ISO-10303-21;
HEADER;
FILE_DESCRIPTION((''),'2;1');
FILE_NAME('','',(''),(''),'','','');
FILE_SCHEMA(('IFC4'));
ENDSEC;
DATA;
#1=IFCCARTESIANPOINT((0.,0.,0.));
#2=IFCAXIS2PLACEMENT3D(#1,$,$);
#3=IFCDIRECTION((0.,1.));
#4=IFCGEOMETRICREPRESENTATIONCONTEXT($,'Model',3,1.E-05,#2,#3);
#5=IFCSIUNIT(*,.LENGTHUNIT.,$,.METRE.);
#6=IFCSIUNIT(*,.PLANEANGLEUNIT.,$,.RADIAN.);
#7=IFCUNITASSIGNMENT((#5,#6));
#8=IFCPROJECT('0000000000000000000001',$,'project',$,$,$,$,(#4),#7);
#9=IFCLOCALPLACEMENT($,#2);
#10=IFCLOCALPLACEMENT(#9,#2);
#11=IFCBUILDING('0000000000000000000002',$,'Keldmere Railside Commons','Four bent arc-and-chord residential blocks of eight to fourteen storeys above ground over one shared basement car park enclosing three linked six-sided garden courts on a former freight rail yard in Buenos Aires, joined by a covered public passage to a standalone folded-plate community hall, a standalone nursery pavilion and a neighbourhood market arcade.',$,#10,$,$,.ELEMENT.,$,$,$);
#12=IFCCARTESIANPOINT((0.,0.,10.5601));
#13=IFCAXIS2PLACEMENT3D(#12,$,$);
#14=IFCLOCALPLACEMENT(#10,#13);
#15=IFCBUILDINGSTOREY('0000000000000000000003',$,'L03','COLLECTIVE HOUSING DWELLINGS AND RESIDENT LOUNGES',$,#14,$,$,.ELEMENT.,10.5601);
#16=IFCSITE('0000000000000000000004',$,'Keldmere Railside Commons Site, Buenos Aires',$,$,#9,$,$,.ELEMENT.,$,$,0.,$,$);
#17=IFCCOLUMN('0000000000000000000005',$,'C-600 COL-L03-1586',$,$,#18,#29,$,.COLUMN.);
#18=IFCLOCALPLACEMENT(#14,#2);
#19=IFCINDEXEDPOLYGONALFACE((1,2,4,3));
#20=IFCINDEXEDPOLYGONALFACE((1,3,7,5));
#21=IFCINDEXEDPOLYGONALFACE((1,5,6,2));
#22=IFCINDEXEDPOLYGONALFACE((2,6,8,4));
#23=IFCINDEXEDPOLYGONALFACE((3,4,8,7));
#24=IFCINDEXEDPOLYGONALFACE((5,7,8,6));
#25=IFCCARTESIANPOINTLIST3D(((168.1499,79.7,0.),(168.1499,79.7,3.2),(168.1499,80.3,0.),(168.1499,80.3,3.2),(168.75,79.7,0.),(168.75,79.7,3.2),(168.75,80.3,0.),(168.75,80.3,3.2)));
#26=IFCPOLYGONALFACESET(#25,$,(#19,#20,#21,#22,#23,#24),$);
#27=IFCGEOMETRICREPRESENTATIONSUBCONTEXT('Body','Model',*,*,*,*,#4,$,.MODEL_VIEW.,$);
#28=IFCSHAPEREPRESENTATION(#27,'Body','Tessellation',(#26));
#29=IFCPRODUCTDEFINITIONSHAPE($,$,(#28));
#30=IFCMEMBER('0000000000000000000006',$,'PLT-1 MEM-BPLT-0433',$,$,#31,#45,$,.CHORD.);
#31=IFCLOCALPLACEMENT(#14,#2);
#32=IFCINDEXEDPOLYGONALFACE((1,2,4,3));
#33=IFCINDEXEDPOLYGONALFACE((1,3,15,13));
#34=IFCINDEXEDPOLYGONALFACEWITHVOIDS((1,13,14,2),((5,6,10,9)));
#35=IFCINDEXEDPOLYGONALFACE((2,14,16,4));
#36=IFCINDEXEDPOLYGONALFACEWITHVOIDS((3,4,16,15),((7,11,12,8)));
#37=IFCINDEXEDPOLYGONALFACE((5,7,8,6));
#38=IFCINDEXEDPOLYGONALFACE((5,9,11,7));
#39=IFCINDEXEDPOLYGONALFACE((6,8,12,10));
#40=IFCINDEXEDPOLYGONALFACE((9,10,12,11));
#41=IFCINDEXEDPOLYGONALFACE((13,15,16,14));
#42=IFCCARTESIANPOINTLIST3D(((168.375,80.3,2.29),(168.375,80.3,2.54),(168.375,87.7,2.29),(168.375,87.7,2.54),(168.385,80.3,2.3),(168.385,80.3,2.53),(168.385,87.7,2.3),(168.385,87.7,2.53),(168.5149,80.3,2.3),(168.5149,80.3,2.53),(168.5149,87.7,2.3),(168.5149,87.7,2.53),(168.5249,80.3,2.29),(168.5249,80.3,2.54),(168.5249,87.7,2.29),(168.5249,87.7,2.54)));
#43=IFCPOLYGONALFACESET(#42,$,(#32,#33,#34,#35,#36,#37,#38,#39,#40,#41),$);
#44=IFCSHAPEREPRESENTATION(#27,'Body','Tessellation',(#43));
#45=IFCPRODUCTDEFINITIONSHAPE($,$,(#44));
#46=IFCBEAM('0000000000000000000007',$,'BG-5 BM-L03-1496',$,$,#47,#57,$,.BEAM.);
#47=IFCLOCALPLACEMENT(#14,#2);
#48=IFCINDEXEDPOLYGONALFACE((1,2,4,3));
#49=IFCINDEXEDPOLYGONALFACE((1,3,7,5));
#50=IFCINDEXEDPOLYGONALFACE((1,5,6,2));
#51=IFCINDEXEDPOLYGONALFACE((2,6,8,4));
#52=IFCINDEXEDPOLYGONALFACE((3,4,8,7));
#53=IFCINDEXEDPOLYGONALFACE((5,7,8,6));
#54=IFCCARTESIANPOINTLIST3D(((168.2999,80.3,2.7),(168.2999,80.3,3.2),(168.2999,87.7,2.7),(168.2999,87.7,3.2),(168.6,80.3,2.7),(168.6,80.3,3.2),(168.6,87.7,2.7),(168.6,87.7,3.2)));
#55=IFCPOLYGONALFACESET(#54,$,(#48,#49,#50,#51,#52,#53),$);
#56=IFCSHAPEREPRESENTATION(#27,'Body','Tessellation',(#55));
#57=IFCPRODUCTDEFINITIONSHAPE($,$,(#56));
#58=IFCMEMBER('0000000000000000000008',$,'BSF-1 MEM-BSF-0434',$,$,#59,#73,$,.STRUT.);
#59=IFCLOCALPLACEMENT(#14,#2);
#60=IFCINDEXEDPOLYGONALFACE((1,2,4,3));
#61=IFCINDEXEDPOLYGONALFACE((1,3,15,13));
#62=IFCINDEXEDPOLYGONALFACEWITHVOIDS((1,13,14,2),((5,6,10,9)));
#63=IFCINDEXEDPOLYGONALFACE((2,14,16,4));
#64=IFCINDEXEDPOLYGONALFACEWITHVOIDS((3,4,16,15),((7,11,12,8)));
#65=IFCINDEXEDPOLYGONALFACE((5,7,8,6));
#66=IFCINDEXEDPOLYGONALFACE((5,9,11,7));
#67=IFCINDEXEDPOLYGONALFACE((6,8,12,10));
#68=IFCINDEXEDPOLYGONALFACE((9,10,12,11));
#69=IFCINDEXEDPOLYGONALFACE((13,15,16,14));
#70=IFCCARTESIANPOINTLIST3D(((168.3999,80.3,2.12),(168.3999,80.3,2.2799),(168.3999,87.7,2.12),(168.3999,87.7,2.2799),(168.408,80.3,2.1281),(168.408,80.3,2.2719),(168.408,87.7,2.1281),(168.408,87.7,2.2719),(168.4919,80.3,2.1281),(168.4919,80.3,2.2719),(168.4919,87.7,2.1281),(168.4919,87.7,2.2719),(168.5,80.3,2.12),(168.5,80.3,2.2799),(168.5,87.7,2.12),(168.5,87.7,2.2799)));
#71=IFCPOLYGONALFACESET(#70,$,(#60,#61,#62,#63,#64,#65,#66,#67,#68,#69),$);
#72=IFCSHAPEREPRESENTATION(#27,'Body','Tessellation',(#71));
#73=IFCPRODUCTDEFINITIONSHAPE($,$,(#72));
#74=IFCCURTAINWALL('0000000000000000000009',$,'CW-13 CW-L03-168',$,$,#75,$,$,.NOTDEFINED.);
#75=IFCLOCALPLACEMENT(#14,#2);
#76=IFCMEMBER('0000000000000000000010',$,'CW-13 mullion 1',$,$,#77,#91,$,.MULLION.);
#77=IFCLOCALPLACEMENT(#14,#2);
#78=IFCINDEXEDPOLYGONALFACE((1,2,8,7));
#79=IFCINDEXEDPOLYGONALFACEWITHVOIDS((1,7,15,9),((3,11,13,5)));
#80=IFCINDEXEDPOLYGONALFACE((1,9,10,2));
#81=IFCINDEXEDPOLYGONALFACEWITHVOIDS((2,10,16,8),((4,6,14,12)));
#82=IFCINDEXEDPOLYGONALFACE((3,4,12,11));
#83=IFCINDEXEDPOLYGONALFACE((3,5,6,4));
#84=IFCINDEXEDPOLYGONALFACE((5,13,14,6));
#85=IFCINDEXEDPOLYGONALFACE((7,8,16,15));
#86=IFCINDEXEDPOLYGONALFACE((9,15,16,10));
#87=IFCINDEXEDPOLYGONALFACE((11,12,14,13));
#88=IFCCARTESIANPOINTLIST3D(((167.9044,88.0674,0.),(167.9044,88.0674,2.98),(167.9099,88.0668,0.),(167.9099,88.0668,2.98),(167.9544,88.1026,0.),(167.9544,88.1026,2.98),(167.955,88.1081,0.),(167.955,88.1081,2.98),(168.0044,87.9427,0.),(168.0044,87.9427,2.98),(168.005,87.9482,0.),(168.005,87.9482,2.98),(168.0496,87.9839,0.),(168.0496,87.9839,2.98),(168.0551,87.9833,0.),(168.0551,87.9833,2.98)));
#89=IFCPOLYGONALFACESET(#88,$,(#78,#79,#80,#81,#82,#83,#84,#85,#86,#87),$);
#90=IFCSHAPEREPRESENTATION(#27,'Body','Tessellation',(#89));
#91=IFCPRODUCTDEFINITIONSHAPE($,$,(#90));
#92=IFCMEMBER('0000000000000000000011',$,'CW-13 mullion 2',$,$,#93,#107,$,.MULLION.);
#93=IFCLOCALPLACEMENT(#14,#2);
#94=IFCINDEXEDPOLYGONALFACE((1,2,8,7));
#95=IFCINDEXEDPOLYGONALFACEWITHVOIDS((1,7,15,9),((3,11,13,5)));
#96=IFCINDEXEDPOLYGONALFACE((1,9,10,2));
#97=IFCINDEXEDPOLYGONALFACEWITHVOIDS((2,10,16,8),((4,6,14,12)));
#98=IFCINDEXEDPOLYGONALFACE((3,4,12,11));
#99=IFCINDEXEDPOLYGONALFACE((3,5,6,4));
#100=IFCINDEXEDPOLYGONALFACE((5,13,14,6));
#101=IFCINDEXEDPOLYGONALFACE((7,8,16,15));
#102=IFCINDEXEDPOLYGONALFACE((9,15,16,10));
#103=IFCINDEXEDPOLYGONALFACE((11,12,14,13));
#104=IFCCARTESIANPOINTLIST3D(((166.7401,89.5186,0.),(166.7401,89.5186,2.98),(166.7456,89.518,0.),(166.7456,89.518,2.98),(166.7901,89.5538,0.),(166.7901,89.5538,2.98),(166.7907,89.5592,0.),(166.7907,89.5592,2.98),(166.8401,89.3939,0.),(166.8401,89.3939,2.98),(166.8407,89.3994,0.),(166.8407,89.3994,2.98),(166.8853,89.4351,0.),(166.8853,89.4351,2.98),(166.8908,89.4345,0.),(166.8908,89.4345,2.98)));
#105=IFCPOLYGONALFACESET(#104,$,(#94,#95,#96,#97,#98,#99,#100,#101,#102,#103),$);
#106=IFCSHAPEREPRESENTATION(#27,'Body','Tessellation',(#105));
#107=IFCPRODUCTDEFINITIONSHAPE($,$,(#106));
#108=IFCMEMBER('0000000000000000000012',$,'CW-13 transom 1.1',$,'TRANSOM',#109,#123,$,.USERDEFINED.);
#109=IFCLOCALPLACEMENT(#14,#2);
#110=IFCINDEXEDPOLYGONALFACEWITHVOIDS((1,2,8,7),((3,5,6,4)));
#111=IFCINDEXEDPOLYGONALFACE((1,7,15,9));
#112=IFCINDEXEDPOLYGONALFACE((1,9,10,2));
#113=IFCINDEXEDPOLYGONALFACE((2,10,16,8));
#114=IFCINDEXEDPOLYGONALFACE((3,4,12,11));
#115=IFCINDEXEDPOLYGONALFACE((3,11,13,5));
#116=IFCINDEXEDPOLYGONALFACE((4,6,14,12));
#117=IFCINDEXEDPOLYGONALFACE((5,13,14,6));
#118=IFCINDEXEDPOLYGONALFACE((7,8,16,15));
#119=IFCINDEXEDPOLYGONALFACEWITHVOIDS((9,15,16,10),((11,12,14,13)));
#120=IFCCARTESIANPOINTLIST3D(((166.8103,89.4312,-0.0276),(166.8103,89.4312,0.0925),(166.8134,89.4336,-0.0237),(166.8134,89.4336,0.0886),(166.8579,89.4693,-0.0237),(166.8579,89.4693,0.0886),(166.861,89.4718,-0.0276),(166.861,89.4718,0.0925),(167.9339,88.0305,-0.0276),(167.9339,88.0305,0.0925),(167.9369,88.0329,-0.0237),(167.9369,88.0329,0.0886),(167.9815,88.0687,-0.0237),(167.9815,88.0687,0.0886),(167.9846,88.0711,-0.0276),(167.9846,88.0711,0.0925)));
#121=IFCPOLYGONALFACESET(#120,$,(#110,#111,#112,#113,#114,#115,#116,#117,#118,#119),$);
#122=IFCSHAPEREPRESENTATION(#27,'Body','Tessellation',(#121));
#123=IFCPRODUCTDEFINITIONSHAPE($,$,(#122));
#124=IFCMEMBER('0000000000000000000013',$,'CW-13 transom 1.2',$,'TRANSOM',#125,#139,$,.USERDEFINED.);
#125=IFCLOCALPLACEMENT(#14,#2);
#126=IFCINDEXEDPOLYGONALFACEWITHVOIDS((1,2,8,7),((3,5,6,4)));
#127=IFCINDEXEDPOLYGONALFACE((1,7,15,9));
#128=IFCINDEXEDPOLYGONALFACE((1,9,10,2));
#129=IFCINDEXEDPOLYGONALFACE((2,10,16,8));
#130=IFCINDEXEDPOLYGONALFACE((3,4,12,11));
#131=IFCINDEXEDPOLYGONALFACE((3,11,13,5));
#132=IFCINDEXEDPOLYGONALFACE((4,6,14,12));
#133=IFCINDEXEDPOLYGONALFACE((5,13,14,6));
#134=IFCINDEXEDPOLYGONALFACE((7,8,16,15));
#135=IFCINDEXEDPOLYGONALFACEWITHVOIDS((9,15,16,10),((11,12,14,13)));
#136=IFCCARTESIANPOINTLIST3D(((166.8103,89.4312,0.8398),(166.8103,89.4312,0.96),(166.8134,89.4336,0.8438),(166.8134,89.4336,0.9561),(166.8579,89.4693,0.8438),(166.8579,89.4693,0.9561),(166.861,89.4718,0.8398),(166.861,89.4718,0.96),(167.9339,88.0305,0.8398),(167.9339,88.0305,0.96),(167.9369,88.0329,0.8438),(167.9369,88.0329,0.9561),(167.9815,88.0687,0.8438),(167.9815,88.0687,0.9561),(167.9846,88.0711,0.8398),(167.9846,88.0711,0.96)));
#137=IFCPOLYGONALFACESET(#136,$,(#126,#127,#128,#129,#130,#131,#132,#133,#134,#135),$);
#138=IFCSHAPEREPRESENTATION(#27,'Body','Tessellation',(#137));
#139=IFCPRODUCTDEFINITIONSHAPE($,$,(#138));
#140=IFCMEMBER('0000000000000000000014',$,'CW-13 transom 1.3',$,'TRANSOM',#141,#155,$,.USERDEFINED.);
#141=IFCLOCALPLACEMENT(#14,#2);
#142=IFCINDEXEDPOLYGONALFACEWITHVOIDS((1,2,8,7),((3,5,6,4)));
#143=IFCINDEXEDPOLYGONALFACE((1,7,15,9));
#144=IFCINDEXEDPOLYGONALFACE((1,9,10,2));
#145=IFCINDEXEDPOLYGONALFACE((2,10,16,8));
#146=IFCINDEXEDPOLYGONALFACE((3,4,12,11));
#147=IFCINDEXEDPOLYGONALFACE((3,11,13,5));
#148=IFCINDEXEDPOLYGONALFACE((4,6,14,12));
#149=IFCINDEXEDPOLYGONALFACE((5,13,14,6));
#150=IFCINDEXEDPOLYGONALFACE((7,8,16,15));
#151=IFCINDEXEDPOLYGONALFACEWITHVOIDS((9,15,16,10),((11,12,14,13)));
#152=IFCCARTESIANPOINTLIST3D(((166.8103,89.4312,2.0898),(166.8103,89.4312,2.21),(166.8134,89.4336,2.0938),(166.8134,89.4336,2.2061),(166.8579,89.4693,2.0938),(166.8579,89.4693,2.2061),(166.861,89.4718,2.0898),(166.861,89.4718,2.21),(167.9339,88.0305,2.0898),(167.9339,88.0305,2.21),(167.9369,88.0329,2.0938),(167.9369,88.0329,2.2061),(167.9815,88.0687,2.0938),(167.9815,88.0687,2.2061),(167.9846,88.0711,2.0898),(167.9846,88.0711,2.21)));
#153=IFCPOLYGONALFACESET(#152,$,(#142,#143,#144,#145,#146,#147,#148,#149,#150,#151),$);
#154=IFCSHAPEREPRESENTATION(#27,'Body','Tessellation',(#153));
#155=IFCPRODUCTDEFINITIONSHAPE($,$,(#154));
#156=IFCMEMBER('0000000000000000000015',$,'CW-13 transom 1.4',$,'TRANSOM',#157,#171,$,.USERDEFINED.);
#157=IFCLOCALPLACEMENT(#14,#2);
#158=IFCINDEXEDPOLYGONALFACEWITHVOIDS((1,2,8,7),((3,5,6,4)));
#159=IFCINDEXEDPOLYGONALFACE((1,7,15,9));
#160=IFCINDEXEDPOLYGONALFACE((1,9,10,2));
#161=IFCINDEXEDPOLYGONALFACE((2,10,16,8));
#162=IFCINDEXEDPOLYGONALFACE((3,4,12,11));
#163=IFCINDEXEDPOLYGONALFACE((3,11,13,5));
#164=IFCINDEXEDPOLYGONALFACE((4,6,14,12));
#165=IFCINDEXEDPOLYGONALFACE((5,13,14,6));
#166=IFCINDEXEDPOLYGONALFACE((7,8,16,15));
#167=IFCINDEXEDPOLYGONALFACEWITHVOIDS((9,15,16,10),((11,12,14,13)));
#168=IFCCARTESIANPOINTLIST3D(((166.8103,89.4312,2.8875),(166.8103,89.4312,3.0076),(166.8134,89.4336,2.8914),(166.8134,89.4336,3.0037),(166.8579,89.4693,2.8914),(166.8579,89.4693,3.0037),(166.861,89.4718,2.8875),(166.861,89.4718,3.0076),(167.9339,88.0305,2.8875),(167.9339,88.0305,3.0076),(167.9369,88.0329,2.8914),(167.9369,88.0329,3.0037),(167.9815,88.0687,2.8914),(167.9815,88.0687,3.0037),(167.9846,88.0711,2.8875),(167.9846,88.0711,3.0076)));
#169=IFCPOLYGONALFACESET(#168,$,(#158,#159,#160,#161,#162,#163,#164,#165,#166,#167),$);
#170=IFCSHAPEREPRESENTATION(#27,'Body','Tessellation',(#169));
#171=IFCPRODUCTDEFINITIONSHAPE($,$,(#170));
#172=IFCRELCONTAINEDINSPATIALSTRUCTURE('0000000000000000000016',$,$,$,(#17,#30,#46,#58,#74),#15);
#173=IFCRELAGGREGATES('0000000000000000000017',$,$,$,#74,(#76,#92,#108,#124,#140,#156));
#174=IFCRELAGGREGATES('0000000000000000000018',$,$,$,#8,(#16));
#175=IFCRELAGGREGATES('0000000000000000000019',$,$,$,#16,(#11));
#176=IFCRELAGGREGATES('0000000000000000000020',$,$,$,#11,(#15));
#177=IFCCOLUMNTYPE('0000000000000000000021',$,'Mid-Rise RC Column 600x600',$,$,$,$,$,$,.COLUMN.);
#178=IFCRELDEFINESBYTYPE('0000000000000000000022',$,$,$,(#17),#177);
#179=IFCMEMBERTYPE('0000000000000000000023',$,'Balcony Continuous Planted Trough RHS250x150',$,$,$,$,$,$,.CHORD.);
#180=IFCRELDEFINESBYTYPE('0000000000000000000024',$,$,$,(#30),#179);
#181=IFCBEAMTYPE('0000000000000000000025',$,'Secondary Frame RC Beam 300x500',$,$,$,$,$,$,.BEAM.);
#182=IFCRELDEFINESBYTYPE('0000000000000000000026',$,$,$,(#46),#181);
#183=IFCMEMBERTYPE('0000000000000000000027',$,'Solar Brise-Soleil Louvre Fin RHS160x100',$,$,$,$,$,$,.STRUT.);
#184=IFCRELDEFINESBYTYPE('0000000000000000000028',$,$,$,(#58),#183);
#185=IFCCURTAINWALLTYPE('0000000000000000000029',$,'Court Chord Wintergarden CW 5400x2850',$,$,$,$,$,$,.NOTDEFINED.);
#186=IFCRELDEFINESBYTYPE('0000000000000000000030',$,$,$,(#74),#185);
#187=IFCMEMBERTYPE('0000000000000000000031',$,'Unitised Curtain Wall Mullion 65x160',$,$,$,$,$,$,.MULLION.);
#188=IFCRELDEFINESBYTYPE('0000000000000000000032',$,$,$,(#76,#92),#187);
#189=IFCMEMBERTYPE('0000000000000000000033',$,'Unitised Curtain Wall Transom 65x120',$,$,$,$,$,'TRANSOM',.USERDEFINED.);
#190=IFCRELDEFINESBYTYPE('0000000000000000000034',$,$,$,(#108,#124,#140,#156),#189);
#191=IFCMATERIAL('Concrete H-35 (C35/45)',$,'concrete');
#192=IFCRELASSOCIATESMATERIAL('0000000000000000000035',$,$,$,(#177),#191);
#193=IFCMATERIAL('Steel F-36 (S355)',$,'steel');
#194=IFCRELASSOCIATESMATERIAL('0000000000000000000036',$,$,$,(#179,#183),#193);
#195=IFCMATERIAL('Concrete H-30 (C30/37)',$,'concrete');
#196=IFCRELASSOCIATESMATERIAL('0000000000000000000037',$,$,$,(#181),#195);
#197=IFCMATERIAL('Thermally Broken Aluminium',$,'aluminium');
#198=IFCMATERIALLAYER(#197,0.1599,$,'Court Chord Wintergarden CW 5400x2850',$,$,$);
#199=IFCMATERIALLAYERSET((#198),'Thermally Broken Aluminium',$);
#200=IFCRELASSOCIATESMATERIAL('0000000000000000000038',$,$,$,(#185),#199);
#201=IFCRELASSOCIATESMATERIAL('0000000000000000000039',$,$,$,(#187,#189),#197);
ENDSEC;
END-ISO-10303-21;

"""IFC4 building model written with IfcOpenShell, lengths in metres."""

from ifc_helpers import new_model, si_unit, direction, frame, origin, origin_2d, place, context, subcontext, project, spatial, rectangle, hollow_rectangle, extrude, material, layer, layer_set, material_profile, profile_set, type_object, element, aggregate, save


model = new_model("IFC4")

# Units and contexts
model_context = context("Model", 3, precision=1e-05, world=origin(), true_north=direction((0.0, 1.0)))
body_context = subcontext(model_context, "Body", "Model", "MODEL_VIEW")
ifc_project = project(units=[si_unit("LENGTHUNIT", "METRE"), si_unit("PLANEANGLEUNIT", "RADIAN")], contexts=[model_context])

# Site, building, storey
site_placement = place(None, origin())
site = spatial("IfcSite", under=ifc_project, at=site_placement, Name="Keldmere Railside Commons Site, Buenos Aires", CompositionType="ELEMENT", RefElevation=0.0)
building_placement = place(site_placement, origin())
building = spatial("IfcBuilding", under=site, at=building_placement, Name="Keldmere Railside Commons", Description="Four bent arc-and-chord residential blocks of eight to fourteen storeys above ground over one shared basement car park enclosing three linked six-sided garden courts on a former freight rail yard in Buenos Aires, joined by a covered public passage to a standalone folded-plate community hall, a standalone nursery pavilion and a neighbourhood market arcade.", CompositionType="ELEMENT")
storey_placement = place(building_placement, frame((0.0, 0.0, 10.5601)))
storey = spatial("IfcBuildingStorey", under=building, at=storey_placement, Name="L03", Description="COLLECTIVE HOUSING DWELLINGS AND RESIDENT LOUNGES", CompositionType="ELEMENT", Elevation=10.5601)

# Column
ifc_material_1 = material(Name="Concrete H-35 (C35/45)", Category="concrete")
ifc_material_profile_1 = material_profile(ifc_material_1, rectangle(XDim=0.6001, YDim=0.6001, at=origin_2d()), Name="RC-600x600")
ifc_profile_set_1 = profile_set([ifc_material_profile_1], Name="Concrete H-35 (C35/45)")
column_type = type_object("IfcColumnType", Name="Mid-Rise RC Column 600x600", PredefinedType="COLUMN", material=ifc_profile_set_1)
column_placement = place(storey_placement, frame((168.45, 80.0, 0.0), z_axis=(0.0, 0.0, 1.0), x_axis=(1.0, 0.0, 0.0)))
element("IfcColumn", 1, at=column_placement, inside=storey, type_object=column_type, Name="C-600 COL-L03-1586", PredefinedType="COLUMN", context=body_context, shape_type="SweptSolid", body=[
    extrude(rectangle(XDim=0.6001, YDim=0.6001, at=origin_2d()), origin(), (0.0, 0.0, 1.0), 3.2),
])

# Member
ifc_material_2 = material(Name="Steel F-36 (S355)", Category="steel")
ifc_material_profile_2 = material_profile(ifc_material_2, hollow_rectangle(XDim=0.1499, YDim=0.25, WallThickness=0.01, at=origin_2d()), Name="RHS-250x150x10")
ifc_profile_set_2 = profile_set([ifc_material_profile_2], Name="Steel F-36 (S355)")
member_type_1 = type_object("IfcMemberType", Name="Balcony Continuous Planted Trough RHS250x150", PredefinedType="CHORD", material=ifc_profile_set_2)
member_1_placement = place(storey_placement, frame((168.45, 80.3, 2.415), z_axis=(0.0, 1.0, 0.0), x_axis=(-1.0, 0.0, 0.0)))
element("IfcMember", 2, at=member_1_placement, inside=storey, type_object=member_type_1, Name="PLT-1 MEM-BPLT-0433", PredefinedType="CHORD", context=body_context, shape_type="SweptSolid", body=[
    extrude(hollow_rectangle(XDim=0.1499, YDim=0.25, WallThickness=0.01, at=origin_2d()), origin(), (0.0, 0.0, 1.0), 7.3999),
])

# Beam
ifc_material_3 = material(Name="Concrete H-30 (C30/37)", Category="concrete")
ifc_material_profile_3 = material_profile(ifc_material_3, rectangle(XDim=0.3, YDim=0.5, at=origin_2d()), Name="RC-300x500")
ifc_profile_set_3 = profile_set([ifc_material_profile_3], Name="Concrete H-30 (C30/37)")
beam_type = type_object("IfcBeamType", Name="Secondary Frame RC Beam 300x500", PredefinedType="BEAM", material=ifc_profile_set_3)
beam_placement = place(storey_placement, frame((168.45, 80.3, 2.95), z_axis=(0.0, 1.0, 0.0), x_axis=(-1.0, 0.0, 0.0)))
element("IfcBeam", 3, at=beam_placement, inside=storey, type_object=beam_type, Name="BG-5 BM-L03-1496", PredefinedType="BEAM", context=body_context, shape_type="SweptSolid", body=[
    extrude(rectangle(XDim=0.3, YDim=0.5, at=origin_2d()), origin(), (0.0, 0.0, 1.0), 7.3999),
])

# Member
ifc_material_profile_4 = material_profile(ifc_material_2, hollow_rectangle(XDim=0.1001, YDim=0.1599, WallThickness=0.0081, at=origin_2d()), Name="RHS-160x100x8")
ifc_profile_set_4 = profile_set([ifc_material_profile_4], Name="Steel F-36 (S355)")
member_type_2 = type_object("IfcMemberType", Name="Solar Brise-Soleil Louvre Fin RHS160x100", PredefinedType="STRUT", material=ifc_profile_set_4)
member_2_placement = place(storey_placement, frame((168.45, 80.3, 2.2), z_axis=(0.0, 1.0, 0.0), x_axis=(-1.0, 0.0, 0.0)))
element("IfcMember", 4, at=member_2_placement, inside=storey, type_object=member_type_2, Name="BSF-1 MEM-BSF-0434", PredefinedType="STRUT", context=body_context, shape_type="SweptSolid", body=[
    extrude(hollow_rectangle(XDim=0.1001, YDim=0.1599, WallThickness=0.0081, at=origin_2d()), origin(), (0.0, 0.0, 1.0), 7.3999),
])

# Curtain wall, members
ifc_material_4 = material(Name="Thermally Broken Aluminium", Category="aluminium")
ifc_layer_1 = layer(ifc_material_4, 0.1599, Name="Court Chord Wintergarden CW 5400x2850")
ifc_layer_set_1 = layer_set([ifc_layer_1], Name="Thermally Broken Aluminium")
curtain_wall_type = type_object("IfcCurtainWallType", Name="Court Chord Wintergarden CW 5400x2850", PredefinedType="NOTDEFINED", material=ifc_layer_set_1)
curtain_wall_placement = place(storey_placement, origin())
curtain_wall = element("IfcCurtainWall", 5, at=curtain_wall_placement, inside=storey, type_object=curtain_wall_type, Name="CW-13 CW-L03-168", PredefinedType="NOTDEFINED")
ifc_material_profile_5 = material_profile(ifc_material_4, hollow_rectangle(XDim=0.0649, YDim=0.1599, WallThickness=0.0039, at=origin_2d()), Name="ALU-MULL-65x160")
ifc_profile_set_5 = profile_set([ifc_material_profile_5], Name="Thermally Broken Aluminium")
member_type_3 = type_object("IfcMemberType", Name="Unitised Curtain Wall Mullion 65x160", PredefinedType="MULLION", material=ifc_profile_set_5)
member_3_placement = place(storey_placement, frame((167.9797, 88.0254, 0.0), z_axis=(0.0, 0.0, 1.0), x_axis=(-0.780009, -0.625768, 0.0)))
member_3 = element("IfcMember", 6, at=member_3_placement, type_object=member_type_3, Name="CW-13 mullion 1", PredefinedType="MULLION", context=body_context, shape_type="SweptSolid", body=[
    extrude(hollow_rectangle(XDim=0.0649, YDim=0.1599, WallThickness=0.0039, at=origin_2d()), origin(), (0.0, 0.0, 1.0), 2.98),
])
member_4_placement = place(storey_placement, frame((166.8154, 89.4766, 0.0), z_axis=(0.0, 0.0, 1.0), x_axis=(-0.780009, -0.625768, 0.0)))
member_4 = element("IfcMember", 7, at=member_4_placement, type_object=member_type_3, Name="CW-13 mullion 2", PredefinedType="MULLION", context=body_context, shape_type="SweptSolid", body=[
    extrude(hollow_rectangle(XDim=0.0649, YDim=0.1599, WallThickness=0.0039, at=origin_2d()), origin(), (0.0, 0.0, 1.0), 2.98),
])
ifc_material_profile_6 = material_profile(ifc_material_4, hollow_rectangle(XDim=0.0649, YDim=0.1201, WallThickness=0.0039, at=origin_2d()), Name="ALU-TRAN-65x120")
ifc_profile_set_6 = profile_set([ifc_material_profile_6], Name="Thermally Broken Aluminium")
member_type_4 = type_object("IfcMemberType", Name="Unitised Curtain Wall Transom 65x120", ElementType="TRANSOM", PredefinedType="USERDEFINED", material=ifc_profile_set_6)
member_5_placement = place(storey_placement, frame((167.9592, 88.0508, 0.0325), z_axis=(-0.625723, 0.780046, 0.0), x_axis=(-0.780046, -0.625723, 0.0)))
member_5 = element("IfcMember", 8, at=member_5_placement, type_object=member_type_4, Name="CW-13 transom 1.1", ObjectType="TRANSOM", PredefinedType="USERDEFINED", context=body_context, shape_type="SweptSolid", body=[
    extrude(hollow_rectangle(XDim=0.0649, YDim=0.1201, WallThickness=0.0039, at=origin_2d()), origin(), (0.0, 0.0, 1.0), 1.7957),
])
member_6_placement = place(storey_placement, frame((167.9592, 88.0508, 0.8999), z_axis=(-0.625723, 0.780046, 0.0), x_axis=(-0.780046, -0.625723, 0.0)))
member_6 = element("IfcMember", 9, at=member_6_placement, type_object=member_type_4, Name="CW-13 transom 1.2", ObjectType="TRANSOM", PredefinedType="USERDEFINED", context=body_context, shape_type="SweptSolid", body=[
    extrude(hollow_rectangle(XDim=0.0649, YDim=0.1201, WallThickness=0.0039, at=origin_2d()), origin(), (0.0, 0.0, 1.0), 1.7957),
])
member_7_placement = place(storey_placement, frame((167.9592, 88.0508, 2.1499), z_axis=(-0.625723, 0.780046, 0.0), x_axis=(-0.780046, -0.625723, 0.0)))
member_7 = element("IfcMember", 10, at=member_7_placement, type_object=member_type_4, Name="CW-13 transom 1.3", ObjectType="TRANSOM", PredefinedType="USERDEFINED", context=body_context, shape_type="SweptSolid", body=[
    extrude(hollow_rectangle(XDim=0.0649, YDim=0.1201, WallThickness=0.0039, at=origin_2d()), origin(), (0.0, 0.0, 1.0), 1.7957),
])
member_8_placement = place(storey_placement, frame((167.9592, 88.0508, 2.9475), z_axis=(-0.625723, 0.780046, 0.0), x_axis=(-0.780046, -0.625723, 0.0)))
member_8 = element("IfcMember", 11, at=member_8_placement, type_object=member_type_4, Name="CW-13 transom 1.4", ObjectType="TRANSOM", PredefinedType="USERDEFINED", context=body_context, shape_type="SweptSolid", body=[
    extrude(hollow_rectangle(XDim=0.0649, YDim=0.1201, WallThickness=0.0039, at=origin_2d()), origin(), (0.0, 0.0, 1.0), 1.7957),
])
aggregate(curtain_wall, [member_3, member_4, member_5, member_6, member_7, member_8])

save(model, "model.ifc")
